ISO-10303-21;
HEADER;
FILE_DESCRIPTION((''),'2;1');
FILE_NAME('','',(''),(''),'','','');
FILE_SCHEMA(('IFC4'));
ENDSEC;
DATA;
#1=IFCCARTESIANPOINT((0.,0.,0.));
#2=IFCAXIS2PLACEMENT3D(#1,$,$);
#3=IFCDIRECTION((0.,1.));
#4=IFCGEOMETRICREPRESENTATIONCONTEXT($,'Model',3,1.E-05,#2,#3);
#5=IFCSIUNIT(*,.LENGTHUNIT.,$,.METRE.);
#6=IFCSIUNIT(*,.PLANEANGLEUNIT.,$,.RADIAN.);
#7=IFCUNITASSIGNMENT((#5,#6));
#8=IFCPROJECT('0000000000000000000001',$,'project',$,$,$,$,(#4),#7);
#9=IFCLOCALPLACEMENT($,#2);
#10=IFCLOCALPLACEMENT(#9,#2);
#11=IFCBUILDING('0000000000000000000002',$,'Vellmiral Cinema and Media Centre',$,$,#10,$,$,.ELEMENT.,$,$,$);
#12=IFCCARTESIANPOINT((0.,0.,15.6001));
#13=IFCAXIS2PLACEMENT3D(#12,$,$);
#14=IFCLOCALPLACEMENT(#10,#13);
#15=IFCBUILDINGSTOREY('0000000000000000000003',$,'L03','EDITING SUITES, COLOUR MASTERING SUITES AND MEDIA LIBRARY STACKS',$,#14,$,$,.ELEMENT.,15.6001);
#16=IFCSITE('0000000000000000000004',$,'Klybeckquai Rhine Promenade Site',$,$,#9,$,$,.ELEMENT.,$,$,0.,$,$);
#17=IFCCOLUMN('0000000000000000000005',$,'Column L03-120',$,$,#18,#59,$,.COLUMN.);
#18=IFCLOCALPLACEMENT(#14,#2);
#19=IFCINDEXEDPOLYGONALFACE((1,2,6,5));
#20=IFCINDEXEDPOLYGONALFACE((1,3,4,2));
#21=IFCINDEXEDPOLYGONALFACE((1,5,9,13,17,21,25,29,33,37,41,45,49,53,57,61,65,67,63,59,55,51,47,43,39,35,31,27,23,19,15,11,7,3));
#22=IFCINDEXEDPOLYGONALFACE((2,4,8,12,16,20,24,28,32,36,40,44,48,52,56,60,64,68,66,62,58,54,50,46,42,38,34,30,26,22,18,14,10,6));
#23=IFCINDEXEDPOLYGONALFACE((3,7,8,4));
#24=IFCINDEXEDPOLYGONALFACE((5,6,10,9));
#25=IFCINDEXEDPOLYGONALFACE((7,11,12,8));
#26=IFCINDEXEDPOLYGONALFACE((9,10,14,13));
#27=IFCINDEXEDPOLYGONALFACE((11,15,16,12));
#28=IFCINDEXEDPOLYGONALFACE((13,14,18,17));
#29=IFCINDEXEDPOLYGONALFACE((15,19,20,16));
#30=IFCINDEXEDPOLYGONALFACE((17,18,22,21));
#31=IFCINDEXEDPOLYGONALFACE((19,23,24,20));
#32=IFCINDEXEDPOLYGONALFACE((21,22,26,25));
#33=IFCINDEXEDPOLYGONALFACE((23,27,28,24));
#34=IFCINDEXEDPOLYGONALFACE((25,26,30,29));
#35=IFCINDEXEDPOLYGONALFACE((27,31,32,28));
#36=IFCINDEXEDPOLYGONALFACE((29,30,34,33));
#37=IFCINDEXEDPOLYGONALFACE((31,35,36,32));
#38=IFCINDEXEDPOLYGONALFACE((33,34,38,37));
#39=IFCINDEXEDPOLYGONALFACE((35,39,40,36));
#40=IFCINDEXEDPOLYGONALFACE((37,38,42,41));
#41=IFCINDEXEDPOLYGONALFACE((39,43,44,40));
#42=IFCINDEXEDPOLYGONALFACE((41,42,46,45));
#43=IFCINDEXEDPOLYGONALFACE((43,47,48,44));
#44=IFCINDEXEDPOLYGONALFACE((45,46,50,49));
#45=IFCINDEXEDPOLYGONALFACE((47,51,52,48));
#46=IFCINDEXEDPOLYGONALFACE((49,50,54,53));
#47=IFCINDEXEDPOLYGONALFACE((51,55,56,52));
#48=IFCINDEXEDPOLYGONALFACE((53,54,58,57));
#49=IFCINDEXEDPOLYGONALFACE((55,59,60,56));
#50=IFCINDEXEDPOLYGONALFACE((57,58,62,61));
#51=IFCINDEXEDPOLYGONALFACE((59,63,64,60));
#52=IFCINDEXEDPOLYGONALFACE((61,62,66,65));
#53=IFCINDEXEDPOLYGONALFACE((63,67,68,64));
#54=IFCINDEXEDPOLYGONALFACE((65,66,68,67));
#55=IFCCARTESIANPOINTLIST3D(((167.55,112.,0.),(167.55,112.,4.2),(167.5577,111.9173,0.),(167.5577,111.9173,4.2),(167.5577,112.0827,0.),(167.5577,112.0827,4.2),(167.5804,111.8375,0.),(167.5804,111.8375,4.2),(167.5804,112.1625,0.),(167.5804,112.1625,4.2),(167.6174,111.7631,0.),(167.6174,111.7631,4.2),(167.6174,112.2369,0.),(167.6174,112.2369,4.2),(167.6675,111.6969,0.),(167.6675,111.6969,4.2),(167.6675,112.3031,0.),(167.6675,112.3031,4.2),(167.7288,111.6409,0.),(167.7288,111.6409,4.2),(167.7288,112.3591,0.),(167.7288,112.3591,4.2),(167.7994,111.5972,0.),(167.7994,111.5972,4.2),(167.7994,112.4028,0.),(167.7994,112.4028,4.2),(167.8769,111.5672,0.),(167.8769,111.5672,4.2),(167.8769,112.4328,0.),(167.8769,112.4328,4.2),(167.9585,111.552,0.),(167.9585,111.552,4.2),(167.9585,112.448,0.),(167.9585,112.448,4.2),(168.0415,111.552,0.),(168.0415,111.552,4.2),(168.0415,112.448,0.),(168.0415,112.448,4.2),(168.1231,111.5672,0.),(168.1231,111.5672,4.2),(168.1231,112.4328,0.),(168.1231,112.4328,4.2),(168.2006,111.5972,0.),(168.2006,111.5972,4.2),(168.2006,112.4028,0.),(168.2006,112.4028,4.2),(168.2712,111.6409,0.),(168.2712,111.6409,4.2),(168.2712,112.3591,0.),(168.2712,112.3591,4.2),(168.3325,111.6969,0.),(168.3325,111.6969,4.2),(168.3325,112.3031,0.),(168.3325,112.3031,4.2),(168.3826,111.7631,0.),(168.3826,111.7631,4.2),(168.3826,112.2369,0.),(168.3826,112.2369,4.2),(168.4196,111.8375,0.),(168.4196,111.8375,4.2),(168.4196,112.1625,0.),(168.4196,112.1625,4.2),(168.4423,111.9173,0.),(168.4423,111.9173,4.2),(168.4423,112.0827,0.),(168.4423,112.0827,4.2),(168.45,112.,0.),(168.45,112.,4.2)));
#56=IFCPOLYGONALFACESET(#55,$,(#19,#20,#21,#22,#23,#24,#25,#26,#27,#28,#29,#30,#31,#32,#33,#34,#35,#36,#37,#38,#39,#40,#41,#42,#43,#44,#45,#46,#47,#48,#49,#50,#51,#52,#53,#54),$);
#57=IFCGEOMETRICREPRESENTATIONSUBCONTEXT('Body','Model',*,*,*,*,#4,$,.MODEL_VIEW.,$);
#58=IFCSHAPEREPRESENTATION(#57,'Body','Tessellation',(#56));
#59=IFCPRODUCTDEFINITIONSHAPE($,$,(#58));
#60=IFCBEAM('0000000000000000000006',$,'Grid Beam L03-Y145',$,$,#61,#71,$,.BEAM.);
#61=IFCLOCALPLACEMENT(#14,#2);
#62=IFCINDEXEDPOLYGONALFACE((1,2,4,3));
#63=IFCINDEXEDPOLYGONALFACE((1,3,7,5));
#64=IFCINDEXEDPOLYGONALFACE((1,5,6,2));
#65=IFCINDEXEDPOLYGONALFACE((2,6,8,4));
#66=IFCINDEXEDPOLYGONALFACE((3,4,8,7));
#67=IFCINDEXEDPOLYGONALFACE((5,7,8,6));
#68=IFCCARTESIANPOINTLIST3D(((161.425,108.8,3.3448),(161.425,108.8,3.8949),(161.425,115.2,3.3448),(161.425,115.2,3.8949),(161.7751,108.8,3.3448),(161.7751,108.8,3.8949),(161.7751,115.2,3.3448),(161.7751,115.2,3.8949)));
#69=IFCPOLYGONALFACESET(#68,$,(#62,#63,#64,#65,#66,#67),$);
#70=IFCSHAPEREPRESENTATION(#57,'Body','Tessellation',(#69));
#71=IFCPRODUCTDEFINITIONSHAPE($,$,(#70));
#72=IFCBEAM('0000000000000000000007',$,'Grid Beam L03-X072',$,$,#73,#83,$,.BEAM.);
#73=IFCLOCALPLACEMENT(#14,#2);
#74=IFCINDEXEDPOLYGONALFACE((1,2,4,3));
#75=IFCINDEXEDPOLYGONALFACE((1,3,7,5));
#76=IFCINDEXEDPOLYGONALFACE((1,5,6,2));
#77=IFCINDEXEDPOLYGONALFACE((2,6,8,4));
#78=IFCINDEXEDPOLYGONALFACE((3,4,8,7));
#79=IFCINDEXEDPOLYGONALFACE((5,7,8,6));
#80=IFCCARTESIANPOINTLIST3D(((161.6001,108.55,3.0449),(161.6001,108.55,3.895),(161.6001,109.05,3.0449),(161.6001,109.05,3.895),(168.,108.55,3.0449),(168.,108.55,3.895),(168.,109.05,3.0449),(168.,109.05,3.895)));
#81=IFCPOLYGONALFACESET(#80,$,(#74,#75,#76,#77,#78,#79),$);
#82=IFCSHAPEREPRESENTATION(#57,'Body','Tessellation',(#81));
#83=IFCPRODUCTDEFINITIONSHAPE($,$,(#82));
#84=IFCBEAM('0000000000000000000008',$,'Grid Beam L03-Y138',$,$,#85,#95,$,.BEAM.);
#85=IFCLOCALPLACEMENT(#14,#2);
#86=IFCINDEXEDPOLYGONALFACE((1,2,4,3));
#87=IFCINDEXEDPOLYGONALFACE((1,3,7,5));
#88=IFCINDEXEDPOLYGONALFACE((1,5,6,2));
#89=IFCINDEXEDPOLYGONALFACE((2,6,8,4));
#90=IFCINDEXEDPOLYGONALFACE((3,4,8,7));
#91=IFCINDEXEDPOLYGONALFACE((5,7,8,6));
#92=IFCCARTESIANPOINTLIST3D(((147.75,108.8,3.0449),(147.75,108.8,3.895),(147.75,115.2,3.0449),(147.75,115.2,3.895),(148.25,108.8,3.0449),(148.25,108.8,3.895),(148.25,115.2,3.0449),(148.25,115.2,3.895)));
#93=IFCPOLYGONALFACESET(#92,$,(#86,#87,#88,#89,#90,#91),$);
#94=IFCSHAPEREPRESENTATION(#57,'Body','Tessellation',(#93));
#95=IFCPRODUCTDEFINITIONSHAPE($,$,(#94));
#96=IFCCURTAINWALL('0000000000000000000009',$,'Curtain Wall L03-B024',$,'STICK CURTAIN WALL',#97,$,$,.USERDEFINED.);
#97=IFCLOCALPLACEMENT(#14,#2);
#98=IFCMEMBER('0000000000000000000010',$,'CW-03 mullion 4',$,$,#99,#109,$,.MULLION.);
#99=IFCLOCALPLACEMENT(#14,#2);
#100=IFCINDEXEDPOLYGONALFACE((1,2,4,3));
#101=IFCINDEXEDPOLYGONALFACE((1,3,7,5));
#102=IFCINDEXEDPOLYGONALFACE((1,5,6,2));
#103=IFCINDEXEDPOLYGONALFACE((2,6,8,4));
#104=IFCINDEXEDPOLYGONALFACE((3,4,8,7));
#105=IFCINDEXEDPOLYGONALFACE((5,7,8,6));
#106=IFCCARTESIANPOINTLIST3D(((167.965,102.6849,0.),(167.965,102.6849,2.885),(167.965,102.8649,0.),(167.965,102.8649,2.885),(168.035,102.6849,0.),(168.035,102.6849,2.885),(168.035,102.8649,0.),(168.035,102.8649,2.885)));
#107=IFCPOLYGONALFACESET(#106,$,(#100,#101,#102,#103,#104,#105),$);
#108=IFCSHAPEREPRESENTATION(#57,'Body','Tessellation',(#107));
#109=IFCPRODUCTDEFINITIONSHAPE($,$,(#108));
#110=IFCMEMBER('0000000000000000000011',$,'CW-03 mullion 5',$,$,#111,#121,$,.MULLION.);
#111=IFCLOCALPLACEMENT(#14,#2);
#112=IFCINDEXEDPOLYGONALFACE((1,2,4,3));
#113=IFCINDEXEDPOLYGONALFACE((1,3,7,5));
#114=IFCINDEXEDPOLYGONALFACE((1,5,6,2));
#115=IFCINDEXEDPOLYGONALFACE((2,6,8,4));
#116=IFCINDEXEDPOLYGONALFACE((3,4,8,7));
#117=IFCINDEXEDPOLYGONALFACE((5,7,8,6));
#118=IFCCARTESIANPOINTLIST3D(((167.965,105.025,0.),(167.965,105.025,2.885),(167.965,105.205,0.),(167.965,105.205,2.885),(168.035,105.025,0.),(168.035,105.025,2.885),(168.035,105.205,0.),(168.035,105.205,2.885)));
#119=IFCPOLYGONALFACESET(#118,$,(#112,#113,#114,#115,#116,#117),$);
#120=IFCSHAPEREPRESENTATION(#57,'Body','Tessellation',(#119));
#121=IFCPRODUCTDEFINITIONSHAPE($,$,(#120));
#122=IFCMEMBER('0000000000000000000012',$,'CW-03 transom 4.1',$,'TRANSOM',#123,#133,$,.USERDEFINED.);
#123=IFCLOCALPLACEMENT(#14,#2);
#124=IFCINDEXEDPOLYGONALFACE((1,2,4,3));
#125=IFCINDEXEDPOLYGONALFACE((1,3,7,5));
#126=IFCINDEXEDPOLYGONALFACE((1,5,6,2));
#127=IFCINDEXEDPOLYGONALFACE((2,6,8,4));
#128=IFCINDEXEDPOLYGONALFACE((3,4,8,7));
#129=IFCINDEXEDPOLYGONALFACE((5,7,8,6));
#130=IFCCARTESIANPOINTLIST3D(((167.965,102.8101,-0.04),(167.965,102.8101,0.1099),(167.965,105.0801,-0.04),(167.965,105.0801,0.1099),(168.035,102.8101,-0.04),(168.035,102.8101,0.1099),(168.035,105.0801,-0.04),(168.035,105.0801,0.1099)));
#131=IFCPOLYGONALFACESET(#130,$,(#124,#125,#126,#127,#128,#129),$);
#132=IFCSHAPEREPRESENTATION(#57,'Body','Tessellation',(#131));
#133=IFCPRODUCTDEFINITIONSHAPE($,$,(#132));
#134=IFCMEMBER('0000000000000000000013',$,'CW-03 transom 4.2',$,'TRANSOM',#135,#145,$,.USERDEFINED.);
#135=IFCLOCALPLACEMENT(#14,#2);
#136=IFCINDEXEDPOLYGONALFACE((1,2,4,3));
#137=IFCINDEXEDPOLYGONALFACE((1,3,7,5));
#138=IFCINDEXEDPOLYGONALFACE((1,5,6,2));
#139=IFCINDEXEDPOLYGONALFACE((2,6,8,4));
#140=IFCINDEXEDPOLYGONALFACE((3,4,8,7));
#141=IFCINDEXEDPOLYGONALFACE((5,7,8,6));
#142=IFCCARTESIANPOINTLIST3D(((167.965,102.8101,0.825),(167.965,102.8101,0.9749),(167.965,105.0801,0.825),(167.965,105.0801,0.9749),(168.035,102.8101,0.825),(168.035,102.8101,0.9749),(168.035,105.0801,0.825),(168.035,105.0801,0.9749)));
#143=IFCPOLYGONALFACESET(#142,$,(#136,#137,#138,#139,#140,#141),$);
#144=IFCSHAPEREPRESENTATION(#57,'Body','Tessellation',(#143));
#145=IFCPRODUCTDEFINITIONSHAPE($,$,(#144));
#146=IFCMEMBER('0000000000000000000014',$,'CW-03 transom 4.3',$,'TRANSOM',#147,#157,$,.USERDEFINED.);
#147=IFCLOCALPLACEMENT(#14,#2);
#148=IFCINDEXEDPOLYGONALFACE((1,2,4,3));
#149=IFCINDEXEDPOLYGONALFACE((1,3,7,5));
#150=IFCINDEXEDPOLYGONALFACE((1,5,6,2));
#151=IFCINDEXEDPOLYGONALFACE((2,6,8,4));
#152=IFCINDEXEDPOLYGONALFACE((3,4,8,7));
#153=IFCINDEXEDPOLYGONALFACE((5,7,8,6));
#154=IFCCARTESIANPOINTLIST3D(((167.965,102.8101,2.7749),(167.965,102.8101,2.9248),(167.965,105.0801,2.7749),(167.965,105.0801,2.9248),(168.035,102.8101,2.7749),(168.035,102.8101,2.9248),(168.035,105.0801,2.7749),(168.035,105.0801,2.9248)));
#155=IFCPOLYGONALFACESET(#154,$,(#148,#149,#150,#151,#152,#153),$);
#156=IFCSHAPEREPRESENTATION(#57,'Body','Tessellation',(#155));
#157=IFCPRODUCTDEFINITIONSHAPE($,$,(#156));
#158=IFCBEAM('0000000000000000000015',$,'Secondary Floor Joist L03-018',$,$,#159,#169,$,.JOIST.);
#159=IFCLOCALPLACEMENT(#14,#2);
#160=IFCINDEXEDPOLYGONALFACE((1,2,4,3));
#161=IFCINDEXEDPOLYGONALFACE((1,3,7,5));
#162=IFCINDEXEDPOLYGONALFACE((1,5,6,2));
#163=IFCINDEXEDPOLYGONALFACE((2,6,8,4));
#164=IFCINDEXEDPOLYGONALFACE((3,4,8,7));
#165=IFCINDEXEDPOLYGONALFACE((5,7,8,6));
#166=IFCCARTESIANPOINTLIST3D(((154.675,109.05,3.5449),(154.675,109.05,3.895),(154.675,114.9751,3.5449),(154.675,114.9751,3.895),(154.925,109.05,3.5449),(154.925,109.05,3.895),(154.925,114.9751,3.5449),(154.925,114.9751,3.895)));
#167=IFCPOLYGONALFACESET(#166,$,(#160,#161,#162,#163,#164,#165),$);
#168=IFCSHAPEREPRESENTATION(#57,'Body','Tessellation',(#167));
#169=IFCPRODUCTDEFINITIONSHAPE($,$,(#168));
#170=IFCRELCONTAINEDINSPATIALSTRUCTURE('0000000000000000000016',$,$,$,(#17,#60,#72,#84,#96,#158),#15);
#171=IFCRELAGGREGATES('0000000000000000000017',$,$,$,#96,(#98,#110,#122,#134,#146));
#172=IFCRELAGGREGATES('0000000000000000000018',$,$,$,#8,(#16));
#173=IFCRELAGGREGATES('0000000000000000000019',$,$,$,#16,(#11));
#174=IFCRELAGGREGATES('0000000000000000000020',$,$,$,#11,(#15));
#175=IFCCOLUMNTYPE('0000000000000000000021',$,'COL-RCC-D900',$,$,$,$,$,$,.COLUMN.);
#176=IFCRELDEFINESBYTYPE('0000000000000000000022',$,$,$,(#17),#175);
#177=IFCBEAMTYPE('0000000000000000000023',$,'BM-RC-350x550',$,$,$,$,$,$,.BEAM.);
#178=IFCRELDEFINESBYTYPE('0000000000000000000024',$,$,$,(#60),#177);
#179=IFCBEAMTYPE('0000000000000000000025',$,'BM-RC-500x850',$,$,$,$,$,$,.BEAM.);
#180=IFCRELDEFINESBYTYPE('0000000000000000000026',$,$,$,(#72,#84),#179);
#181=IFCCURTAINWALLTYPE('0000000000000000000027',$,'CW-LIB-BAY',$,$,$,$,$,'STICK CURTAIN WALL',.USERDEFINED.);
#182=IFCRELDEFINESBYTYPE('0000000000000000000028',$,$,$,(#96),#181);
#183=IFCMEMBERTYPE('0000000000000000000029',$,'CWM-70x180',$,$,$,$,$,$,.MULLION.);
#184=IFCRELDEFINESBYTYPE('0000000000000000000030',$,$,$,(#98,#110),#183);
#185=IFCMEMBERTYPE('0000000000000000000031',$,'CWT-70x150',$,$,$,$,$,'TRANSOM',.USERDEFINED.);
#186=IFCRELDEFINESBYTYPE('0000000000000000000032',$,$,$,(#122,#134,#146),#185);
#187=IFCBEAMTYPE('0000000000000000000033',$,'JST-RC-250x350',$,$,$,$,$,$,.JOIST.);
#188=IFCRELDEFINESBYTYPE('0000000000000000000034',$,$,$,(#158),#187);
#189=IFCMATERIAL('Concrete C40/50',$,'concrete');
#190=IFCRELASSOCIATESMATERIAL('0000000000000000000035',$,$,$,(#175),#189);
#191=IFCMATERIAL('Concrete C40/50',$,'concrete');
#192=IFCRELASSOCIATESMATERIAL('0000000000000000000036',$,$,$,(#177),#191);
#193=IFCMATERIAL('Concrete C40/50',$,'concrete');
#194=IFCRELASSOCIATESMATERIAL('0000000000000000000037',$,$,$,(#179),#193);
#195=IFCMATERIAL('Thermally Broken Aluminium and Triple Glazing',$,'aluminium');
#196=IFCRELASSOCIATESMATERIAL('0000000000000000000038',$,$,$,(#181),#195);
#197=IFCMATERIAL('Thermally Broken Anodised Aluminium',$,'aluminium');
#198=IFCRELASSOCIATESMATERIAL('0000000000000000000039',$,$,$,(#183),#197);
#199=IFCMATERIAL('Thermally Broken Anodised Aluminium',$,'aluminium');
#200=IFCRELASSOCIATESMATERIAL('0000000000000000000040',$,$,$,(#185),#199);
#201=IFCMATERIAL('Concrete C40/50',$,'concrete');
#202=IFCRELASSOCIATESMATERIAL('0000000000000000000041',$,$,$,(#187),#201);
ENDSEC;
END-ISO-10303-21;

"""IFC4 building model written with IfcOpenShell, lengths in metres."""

from ifc_helpers import new_model, si_unit, direction, frame, origin, origin_2d, place, context, subcontext, project, spatial, rectangle, circle, extrude, material, material_profile, profile_set, type_object, element, aggregate, save


model = new_model("IFC4")

# Units and contexts
model_context = context("Model", 3, precision=1e-05, world=origin(), true_north=direction((0.0, 1.0)))
body_context = subcontext(model_context, "Body", "Model", "MODEL_VIEW")
ifc_project = project(units=[si_unit("LENGTHUNIT", "METRE"), si_unit("PLANEANGLEUNIT", "RADIAN")], contexts=[model_context])

# Site, building, storey
site_placement = place(None, origin())
site = spatial("IfcSite", under=ifc_project, at=site_placement, Name="Klybeckquai Rhine Promenade Site", CompositionType="ELEMENT", RefElevation=0.0)
building_placement = place(site_placement, origin())
building = spatial("IfcBuilding", under=site, at=building_placement, Name="Vellmiral Cinema and Media Centre", CompositionType="ELEMENT")
storey_placement = place(building_placement, frame((0.0, 0.0, 15.6001)))
storey = spatial("IfcBuildingStorey", under=building, at=storey_placement, Name="L03", Description="EDITING SUITES, COLOUR MASTERING SUITES AND MEDIA LIBRARY STACKS", CompositionType="ELEMENT", Elevation=15.6001)

# Column
ifc_material_1 = material(Name="Concrete C40/50", Category="concrete")
ifc_material_profile_1 = material_profile(ifc_material_1, circle(Radius=0.45, at=origin_2d()), Name="RC D900")
ifc_profile_set_1 = profile_set([ifc_material_profile_1], Name="Concrete C40/50")
column_type_1 = type_object("IfcColumnType", Name="COL-RCC-D900", PredefinedType="COLUMN", material=ifc_profile_set_1)
for number, where, z_axis, x_axis, name in (
    (1, (168.0, 112.0, 0.0), (0.0, 0.0, 1.0), (1.0, 0.0, 0.0), "Column L03-120"),
):
    element("IfcColumn", number, at=place(storey_placement, frame(where, z_axis=z_axis, x_axis=x_axis)), inside=storey, type_object=column_type_1, Name=name, PredefinedType="COLUMN", context=body_context, shape_type="SweptSolid", body=[
        extrude(circle(Radius=0.45, at=origin_2d()), origin(), (0.0, 0.0, 1.0), 4.2),
    ])

# Beams
ifc_material_2 = material(Name="Concrete C40/50", Category="concrete")
ifc_material_profile_2 = material_profile(ifc_material_2, rectangle(XDim=0.3501, YDim=0.55, at=origin_2d()), Name="RC 350x550")
ifc_profile_set_2 = profile_set([ifc_material_profile_2], Name="Concrete C40/50")
beam_type_1 = type_object("IfcBeamType", Name="BM-RC-350x550", PredefinedType="BEAM", material=ifc_profile_set_2)
beam_1_placement = place(storey_placement, frame((161.6001, 108.8, 3.6199), z_axis=(0.0, 1.0, 0.0), x_axis=(-1.0, 0.0, 0.0)))
element("IfcBeam", 2, at=beam_1_placement, inside=storey, type_object=beam_type_1, Name="Grid Beam L03-Y145", PredefinedType="BEAM", context=body_context, shape_type="SweptSolid", body=[
    extrude(rectangle(XDim=0.3501, YDim=0.55, at=origin_2d()), origin(), (0.0, 0.0, 1.0), 6.3999),
])
ifc_material_3 = material(Name="Concrete C40/50", Category="concrete")
ifc_material_profile_3 = material_profile(ifc_material_3, rectangle(XDim=0.5, YDim=0.8501, at=origin_2d()), Name="RC 500x850")
ifc_profile_set_3 = profile_set([ifc_material_profile_3], Name="Concrete C40/50")
beam_type_2 = type_object("IfcBeamType", Name="BM-RC-500x850", PredefinedType="BEAM", material=ifc_profile_set_3)
for number, where, z_axis, x_axis, name in (
    (3, (161.6001, 108.8, 3.47), (1.0, 0.0, 0.0), (0.0, 1.0, 0.0), "Grid Beam L03-X072"),
    (4, (148.0, 108.8, 3.47), (0.0, 1.0, 0.0), (-1.0, 0.0, 0.0), "Grid Beam L03-Y138"),
):
    element("IfcBeam", number, at=place(storey_placement, frame(where, z_axis=z_axis, x_axis=x_axis)), inside=storey, type_object=beam_type_2, Name=name, PredefinedType="BEAM", context=body_context, shape_type="SweptSolid", body=[
        extrude(rectangle(XDim=0.5, YDim=0.8501, at=origin_2d()), origin(), (0.0, 0.0, 1.0), 6.3999),
    ])

# Curtain wall, members
ifc_material_4 = material(Name="Thermally Broken Aluminium and Triple Glazing", Category="aluminium")
curtain_wall_type = type_object("IfcCurtainWallType", Name="CW-LIB-BAY", ElementType="STICK CURTAIN WALL", PredefinedType="USERDEFINED", material=ifc_material_4)
curtain_wall_placement = place(storey_placement, origin())
curtain_wall = element("IfcCurtainWall", 5, at=curtain_wall_placement, inside=storey, type_object=curtain_wall_type, Name="Curtain Wall L03-B024", ObjectType="STICK CURTAIN WALL", PredefinedType="USERDEFINED")
ifc_material_5 = material(Name="Thermally Broken Anodised Aluminium", Category="aluminium")
ifc_material_profile_4 = material_profile(ifc_material_5, rectangle(XDim=0.0701, YDim=0.1799, at=origin_2d()), Name="MULL 70x180")
ifc_profile_set_4 = profile_set([ifc_material_profile_4], Name="Thermally Broken Anodised Aluminium")
member_type_1 = type_object("IfcMemberType", Name="CWM-70x180", PredefinedType="MULLION", material=ifc_profile_set_4)
member_1_placement = place(storey_placement, frame((168.0, 102.7749, 0.0), z_axis=(0.0, 0.0, 1.0), x_axis=(-1.0, 0.0, 0.0)))
member_1 = element("IfcMember", 6, at=member_1_placement, type_object=member_type_1, Name="CW-03 mullion 4", PredefinedType="MULLION", context=body_context, shape_type="SweptSolid", body=[
    extrude(rectangle(XDim=0.0701, YDim=0.1799, at=origin_2d()), origin(), (0.0, 0.0, 1.0), 2.885),
])
member_2_placement = place(storey_placement, frame((168.0, 105.115, 0.0), z_axis=(0.0, 0.0, 1.0), x_axis=(-1.0, 0.0, 0.0)))
member_2 = element("IfcMember", 7, at=member_2_placement, type_object=member_type_1, Name="CW-03 mullion 5", PredefinedType="MULLION", context=body_context, shape_type="SweptSolid", body=[
    extrude(rectangle(XDim=0.0701, YDim=0.1799, at=origin_2d()), origin(), (0.0, 0.0, 1.0), 2.885),
])
ifc_material_6 = material(Name="Thermally Broken Anodised Aluminium", Category="aluminium")
ifc_material_profile_5 = material_profile(ifc_material_6, rectangle(XDim=0.0701, YDim=0.1499, at=origin_2d()), Name="MULL 70x150")
ifc_profile_set_5 = profile_set([ifc_material_profile_5], Name="Thermally Broken Anodised Aluminium")
member_type_2 = type_object("IfcMemberType", Name="CWT-70x150", ElementType="TRANSOM", PredefinedType="USERDEFINED", material=ifc_profile_set_5)
member_3_placement = place(storey_placement, frame((168.0, 102.8101, 0.0349), z_axis=(0.0, 1.0, 0.0), x_axis=(-1.0, 0.0, 0.0)))
member_3 = element("IfcMember", 8, at=member_3_placement, type_object=member_type_2, Name="CW-03 transom 4.1", ObjectType="TRANSOM", PredefinedType="USERDEFINED", context=body_context, shape_type="SweptSolid", body=[
    extrude(rectangle(XDim=0.0701, YDim=0.1499, at=origin_2d()), origin(), (0.0, 0.0, 1.0), 2.27),
])
member_4_placement = place(storey_placement, frame((168.0, 102.8101, 0.8999), z_axis=(0.0, 1.0, 0.0), x_axis=(-1.0, 0.0, 0.0)))
member_4 = element("IfcMember", 9, at=member_4_placement, type_object=member_type_2, Name="CW-03 transom 4.2", ObjectType="TRANSOM", PredefinedType="USERDEFINED", context=body_context, shape_type="SweptSolid", body=[
    extrude(rectangle(XDim=0.0701, YDim=0.1499, at=origin_2d()), origin(), (0.0, 0.0, 1.0), 2.27),
])
member_5_placement = place(storey_placement, frame((168.0, 102.8101, 2.8499), z_axis=(0.0, 1.0, 0.0), x_axis=(-1.0, 0.0, 0.0)))
member_5 = element("IfcMember", 10, at=member_5_placement, type_object=member_type_2, Name="CW-03 transom 4.3", ObjectType="TRANSOM", PredefinedType="USERDEFINED", context=body_context, shape_type="SweptSolid", body=[
    extrude(rectangle(XDim=0.0701, YDim=0.1499, at=origin_2d()), origin(), (0.0, 0.0, 1.0), 2.27),
])

# Beam
ifc_material_7 = material(Name="Concrete C40/50", Category="concrete")
ifc_material_profile_6 = material_profile(ifc_material_7, rectangle(XDim=0.25, YDim=0.3501, at=origin_2d()), Name="RC 250x350")
ifc_profile_set_6 = profile_set([ifc_material_profile_6], Name="Concrete C40/50")
beam_type_3 = type_object("IfcBeamType", Name="JST-RC-250x350", PredefinedType="JOIST", material=ifc_profile_set_6)
beam_2_placement = place(storey_placement, frame((154.8, 109.05, 3.72), z_axis=(0.0, 1.0, 0.0), x_axis=(-1.0, 0.0, 0.0)))
element("IfcBeam", 11, at=beam_2_placement, inside=storey, type_object=beam_type_3, Name="Secondary Floor Joist L03-018", PredefinedType="JOIST", context=body_context, shape_type="SweptSolid", body=[
    extrude(rectangle(XDim=0.25, YDim=0.3501, at=origin_2d()), origin(), (0.0, 0.0, 1.0), 5.925),
])

aggregate(curtain_wall, [member_1, member_2, member_3, member_4, member_5])

save(model, "model.ifc")
